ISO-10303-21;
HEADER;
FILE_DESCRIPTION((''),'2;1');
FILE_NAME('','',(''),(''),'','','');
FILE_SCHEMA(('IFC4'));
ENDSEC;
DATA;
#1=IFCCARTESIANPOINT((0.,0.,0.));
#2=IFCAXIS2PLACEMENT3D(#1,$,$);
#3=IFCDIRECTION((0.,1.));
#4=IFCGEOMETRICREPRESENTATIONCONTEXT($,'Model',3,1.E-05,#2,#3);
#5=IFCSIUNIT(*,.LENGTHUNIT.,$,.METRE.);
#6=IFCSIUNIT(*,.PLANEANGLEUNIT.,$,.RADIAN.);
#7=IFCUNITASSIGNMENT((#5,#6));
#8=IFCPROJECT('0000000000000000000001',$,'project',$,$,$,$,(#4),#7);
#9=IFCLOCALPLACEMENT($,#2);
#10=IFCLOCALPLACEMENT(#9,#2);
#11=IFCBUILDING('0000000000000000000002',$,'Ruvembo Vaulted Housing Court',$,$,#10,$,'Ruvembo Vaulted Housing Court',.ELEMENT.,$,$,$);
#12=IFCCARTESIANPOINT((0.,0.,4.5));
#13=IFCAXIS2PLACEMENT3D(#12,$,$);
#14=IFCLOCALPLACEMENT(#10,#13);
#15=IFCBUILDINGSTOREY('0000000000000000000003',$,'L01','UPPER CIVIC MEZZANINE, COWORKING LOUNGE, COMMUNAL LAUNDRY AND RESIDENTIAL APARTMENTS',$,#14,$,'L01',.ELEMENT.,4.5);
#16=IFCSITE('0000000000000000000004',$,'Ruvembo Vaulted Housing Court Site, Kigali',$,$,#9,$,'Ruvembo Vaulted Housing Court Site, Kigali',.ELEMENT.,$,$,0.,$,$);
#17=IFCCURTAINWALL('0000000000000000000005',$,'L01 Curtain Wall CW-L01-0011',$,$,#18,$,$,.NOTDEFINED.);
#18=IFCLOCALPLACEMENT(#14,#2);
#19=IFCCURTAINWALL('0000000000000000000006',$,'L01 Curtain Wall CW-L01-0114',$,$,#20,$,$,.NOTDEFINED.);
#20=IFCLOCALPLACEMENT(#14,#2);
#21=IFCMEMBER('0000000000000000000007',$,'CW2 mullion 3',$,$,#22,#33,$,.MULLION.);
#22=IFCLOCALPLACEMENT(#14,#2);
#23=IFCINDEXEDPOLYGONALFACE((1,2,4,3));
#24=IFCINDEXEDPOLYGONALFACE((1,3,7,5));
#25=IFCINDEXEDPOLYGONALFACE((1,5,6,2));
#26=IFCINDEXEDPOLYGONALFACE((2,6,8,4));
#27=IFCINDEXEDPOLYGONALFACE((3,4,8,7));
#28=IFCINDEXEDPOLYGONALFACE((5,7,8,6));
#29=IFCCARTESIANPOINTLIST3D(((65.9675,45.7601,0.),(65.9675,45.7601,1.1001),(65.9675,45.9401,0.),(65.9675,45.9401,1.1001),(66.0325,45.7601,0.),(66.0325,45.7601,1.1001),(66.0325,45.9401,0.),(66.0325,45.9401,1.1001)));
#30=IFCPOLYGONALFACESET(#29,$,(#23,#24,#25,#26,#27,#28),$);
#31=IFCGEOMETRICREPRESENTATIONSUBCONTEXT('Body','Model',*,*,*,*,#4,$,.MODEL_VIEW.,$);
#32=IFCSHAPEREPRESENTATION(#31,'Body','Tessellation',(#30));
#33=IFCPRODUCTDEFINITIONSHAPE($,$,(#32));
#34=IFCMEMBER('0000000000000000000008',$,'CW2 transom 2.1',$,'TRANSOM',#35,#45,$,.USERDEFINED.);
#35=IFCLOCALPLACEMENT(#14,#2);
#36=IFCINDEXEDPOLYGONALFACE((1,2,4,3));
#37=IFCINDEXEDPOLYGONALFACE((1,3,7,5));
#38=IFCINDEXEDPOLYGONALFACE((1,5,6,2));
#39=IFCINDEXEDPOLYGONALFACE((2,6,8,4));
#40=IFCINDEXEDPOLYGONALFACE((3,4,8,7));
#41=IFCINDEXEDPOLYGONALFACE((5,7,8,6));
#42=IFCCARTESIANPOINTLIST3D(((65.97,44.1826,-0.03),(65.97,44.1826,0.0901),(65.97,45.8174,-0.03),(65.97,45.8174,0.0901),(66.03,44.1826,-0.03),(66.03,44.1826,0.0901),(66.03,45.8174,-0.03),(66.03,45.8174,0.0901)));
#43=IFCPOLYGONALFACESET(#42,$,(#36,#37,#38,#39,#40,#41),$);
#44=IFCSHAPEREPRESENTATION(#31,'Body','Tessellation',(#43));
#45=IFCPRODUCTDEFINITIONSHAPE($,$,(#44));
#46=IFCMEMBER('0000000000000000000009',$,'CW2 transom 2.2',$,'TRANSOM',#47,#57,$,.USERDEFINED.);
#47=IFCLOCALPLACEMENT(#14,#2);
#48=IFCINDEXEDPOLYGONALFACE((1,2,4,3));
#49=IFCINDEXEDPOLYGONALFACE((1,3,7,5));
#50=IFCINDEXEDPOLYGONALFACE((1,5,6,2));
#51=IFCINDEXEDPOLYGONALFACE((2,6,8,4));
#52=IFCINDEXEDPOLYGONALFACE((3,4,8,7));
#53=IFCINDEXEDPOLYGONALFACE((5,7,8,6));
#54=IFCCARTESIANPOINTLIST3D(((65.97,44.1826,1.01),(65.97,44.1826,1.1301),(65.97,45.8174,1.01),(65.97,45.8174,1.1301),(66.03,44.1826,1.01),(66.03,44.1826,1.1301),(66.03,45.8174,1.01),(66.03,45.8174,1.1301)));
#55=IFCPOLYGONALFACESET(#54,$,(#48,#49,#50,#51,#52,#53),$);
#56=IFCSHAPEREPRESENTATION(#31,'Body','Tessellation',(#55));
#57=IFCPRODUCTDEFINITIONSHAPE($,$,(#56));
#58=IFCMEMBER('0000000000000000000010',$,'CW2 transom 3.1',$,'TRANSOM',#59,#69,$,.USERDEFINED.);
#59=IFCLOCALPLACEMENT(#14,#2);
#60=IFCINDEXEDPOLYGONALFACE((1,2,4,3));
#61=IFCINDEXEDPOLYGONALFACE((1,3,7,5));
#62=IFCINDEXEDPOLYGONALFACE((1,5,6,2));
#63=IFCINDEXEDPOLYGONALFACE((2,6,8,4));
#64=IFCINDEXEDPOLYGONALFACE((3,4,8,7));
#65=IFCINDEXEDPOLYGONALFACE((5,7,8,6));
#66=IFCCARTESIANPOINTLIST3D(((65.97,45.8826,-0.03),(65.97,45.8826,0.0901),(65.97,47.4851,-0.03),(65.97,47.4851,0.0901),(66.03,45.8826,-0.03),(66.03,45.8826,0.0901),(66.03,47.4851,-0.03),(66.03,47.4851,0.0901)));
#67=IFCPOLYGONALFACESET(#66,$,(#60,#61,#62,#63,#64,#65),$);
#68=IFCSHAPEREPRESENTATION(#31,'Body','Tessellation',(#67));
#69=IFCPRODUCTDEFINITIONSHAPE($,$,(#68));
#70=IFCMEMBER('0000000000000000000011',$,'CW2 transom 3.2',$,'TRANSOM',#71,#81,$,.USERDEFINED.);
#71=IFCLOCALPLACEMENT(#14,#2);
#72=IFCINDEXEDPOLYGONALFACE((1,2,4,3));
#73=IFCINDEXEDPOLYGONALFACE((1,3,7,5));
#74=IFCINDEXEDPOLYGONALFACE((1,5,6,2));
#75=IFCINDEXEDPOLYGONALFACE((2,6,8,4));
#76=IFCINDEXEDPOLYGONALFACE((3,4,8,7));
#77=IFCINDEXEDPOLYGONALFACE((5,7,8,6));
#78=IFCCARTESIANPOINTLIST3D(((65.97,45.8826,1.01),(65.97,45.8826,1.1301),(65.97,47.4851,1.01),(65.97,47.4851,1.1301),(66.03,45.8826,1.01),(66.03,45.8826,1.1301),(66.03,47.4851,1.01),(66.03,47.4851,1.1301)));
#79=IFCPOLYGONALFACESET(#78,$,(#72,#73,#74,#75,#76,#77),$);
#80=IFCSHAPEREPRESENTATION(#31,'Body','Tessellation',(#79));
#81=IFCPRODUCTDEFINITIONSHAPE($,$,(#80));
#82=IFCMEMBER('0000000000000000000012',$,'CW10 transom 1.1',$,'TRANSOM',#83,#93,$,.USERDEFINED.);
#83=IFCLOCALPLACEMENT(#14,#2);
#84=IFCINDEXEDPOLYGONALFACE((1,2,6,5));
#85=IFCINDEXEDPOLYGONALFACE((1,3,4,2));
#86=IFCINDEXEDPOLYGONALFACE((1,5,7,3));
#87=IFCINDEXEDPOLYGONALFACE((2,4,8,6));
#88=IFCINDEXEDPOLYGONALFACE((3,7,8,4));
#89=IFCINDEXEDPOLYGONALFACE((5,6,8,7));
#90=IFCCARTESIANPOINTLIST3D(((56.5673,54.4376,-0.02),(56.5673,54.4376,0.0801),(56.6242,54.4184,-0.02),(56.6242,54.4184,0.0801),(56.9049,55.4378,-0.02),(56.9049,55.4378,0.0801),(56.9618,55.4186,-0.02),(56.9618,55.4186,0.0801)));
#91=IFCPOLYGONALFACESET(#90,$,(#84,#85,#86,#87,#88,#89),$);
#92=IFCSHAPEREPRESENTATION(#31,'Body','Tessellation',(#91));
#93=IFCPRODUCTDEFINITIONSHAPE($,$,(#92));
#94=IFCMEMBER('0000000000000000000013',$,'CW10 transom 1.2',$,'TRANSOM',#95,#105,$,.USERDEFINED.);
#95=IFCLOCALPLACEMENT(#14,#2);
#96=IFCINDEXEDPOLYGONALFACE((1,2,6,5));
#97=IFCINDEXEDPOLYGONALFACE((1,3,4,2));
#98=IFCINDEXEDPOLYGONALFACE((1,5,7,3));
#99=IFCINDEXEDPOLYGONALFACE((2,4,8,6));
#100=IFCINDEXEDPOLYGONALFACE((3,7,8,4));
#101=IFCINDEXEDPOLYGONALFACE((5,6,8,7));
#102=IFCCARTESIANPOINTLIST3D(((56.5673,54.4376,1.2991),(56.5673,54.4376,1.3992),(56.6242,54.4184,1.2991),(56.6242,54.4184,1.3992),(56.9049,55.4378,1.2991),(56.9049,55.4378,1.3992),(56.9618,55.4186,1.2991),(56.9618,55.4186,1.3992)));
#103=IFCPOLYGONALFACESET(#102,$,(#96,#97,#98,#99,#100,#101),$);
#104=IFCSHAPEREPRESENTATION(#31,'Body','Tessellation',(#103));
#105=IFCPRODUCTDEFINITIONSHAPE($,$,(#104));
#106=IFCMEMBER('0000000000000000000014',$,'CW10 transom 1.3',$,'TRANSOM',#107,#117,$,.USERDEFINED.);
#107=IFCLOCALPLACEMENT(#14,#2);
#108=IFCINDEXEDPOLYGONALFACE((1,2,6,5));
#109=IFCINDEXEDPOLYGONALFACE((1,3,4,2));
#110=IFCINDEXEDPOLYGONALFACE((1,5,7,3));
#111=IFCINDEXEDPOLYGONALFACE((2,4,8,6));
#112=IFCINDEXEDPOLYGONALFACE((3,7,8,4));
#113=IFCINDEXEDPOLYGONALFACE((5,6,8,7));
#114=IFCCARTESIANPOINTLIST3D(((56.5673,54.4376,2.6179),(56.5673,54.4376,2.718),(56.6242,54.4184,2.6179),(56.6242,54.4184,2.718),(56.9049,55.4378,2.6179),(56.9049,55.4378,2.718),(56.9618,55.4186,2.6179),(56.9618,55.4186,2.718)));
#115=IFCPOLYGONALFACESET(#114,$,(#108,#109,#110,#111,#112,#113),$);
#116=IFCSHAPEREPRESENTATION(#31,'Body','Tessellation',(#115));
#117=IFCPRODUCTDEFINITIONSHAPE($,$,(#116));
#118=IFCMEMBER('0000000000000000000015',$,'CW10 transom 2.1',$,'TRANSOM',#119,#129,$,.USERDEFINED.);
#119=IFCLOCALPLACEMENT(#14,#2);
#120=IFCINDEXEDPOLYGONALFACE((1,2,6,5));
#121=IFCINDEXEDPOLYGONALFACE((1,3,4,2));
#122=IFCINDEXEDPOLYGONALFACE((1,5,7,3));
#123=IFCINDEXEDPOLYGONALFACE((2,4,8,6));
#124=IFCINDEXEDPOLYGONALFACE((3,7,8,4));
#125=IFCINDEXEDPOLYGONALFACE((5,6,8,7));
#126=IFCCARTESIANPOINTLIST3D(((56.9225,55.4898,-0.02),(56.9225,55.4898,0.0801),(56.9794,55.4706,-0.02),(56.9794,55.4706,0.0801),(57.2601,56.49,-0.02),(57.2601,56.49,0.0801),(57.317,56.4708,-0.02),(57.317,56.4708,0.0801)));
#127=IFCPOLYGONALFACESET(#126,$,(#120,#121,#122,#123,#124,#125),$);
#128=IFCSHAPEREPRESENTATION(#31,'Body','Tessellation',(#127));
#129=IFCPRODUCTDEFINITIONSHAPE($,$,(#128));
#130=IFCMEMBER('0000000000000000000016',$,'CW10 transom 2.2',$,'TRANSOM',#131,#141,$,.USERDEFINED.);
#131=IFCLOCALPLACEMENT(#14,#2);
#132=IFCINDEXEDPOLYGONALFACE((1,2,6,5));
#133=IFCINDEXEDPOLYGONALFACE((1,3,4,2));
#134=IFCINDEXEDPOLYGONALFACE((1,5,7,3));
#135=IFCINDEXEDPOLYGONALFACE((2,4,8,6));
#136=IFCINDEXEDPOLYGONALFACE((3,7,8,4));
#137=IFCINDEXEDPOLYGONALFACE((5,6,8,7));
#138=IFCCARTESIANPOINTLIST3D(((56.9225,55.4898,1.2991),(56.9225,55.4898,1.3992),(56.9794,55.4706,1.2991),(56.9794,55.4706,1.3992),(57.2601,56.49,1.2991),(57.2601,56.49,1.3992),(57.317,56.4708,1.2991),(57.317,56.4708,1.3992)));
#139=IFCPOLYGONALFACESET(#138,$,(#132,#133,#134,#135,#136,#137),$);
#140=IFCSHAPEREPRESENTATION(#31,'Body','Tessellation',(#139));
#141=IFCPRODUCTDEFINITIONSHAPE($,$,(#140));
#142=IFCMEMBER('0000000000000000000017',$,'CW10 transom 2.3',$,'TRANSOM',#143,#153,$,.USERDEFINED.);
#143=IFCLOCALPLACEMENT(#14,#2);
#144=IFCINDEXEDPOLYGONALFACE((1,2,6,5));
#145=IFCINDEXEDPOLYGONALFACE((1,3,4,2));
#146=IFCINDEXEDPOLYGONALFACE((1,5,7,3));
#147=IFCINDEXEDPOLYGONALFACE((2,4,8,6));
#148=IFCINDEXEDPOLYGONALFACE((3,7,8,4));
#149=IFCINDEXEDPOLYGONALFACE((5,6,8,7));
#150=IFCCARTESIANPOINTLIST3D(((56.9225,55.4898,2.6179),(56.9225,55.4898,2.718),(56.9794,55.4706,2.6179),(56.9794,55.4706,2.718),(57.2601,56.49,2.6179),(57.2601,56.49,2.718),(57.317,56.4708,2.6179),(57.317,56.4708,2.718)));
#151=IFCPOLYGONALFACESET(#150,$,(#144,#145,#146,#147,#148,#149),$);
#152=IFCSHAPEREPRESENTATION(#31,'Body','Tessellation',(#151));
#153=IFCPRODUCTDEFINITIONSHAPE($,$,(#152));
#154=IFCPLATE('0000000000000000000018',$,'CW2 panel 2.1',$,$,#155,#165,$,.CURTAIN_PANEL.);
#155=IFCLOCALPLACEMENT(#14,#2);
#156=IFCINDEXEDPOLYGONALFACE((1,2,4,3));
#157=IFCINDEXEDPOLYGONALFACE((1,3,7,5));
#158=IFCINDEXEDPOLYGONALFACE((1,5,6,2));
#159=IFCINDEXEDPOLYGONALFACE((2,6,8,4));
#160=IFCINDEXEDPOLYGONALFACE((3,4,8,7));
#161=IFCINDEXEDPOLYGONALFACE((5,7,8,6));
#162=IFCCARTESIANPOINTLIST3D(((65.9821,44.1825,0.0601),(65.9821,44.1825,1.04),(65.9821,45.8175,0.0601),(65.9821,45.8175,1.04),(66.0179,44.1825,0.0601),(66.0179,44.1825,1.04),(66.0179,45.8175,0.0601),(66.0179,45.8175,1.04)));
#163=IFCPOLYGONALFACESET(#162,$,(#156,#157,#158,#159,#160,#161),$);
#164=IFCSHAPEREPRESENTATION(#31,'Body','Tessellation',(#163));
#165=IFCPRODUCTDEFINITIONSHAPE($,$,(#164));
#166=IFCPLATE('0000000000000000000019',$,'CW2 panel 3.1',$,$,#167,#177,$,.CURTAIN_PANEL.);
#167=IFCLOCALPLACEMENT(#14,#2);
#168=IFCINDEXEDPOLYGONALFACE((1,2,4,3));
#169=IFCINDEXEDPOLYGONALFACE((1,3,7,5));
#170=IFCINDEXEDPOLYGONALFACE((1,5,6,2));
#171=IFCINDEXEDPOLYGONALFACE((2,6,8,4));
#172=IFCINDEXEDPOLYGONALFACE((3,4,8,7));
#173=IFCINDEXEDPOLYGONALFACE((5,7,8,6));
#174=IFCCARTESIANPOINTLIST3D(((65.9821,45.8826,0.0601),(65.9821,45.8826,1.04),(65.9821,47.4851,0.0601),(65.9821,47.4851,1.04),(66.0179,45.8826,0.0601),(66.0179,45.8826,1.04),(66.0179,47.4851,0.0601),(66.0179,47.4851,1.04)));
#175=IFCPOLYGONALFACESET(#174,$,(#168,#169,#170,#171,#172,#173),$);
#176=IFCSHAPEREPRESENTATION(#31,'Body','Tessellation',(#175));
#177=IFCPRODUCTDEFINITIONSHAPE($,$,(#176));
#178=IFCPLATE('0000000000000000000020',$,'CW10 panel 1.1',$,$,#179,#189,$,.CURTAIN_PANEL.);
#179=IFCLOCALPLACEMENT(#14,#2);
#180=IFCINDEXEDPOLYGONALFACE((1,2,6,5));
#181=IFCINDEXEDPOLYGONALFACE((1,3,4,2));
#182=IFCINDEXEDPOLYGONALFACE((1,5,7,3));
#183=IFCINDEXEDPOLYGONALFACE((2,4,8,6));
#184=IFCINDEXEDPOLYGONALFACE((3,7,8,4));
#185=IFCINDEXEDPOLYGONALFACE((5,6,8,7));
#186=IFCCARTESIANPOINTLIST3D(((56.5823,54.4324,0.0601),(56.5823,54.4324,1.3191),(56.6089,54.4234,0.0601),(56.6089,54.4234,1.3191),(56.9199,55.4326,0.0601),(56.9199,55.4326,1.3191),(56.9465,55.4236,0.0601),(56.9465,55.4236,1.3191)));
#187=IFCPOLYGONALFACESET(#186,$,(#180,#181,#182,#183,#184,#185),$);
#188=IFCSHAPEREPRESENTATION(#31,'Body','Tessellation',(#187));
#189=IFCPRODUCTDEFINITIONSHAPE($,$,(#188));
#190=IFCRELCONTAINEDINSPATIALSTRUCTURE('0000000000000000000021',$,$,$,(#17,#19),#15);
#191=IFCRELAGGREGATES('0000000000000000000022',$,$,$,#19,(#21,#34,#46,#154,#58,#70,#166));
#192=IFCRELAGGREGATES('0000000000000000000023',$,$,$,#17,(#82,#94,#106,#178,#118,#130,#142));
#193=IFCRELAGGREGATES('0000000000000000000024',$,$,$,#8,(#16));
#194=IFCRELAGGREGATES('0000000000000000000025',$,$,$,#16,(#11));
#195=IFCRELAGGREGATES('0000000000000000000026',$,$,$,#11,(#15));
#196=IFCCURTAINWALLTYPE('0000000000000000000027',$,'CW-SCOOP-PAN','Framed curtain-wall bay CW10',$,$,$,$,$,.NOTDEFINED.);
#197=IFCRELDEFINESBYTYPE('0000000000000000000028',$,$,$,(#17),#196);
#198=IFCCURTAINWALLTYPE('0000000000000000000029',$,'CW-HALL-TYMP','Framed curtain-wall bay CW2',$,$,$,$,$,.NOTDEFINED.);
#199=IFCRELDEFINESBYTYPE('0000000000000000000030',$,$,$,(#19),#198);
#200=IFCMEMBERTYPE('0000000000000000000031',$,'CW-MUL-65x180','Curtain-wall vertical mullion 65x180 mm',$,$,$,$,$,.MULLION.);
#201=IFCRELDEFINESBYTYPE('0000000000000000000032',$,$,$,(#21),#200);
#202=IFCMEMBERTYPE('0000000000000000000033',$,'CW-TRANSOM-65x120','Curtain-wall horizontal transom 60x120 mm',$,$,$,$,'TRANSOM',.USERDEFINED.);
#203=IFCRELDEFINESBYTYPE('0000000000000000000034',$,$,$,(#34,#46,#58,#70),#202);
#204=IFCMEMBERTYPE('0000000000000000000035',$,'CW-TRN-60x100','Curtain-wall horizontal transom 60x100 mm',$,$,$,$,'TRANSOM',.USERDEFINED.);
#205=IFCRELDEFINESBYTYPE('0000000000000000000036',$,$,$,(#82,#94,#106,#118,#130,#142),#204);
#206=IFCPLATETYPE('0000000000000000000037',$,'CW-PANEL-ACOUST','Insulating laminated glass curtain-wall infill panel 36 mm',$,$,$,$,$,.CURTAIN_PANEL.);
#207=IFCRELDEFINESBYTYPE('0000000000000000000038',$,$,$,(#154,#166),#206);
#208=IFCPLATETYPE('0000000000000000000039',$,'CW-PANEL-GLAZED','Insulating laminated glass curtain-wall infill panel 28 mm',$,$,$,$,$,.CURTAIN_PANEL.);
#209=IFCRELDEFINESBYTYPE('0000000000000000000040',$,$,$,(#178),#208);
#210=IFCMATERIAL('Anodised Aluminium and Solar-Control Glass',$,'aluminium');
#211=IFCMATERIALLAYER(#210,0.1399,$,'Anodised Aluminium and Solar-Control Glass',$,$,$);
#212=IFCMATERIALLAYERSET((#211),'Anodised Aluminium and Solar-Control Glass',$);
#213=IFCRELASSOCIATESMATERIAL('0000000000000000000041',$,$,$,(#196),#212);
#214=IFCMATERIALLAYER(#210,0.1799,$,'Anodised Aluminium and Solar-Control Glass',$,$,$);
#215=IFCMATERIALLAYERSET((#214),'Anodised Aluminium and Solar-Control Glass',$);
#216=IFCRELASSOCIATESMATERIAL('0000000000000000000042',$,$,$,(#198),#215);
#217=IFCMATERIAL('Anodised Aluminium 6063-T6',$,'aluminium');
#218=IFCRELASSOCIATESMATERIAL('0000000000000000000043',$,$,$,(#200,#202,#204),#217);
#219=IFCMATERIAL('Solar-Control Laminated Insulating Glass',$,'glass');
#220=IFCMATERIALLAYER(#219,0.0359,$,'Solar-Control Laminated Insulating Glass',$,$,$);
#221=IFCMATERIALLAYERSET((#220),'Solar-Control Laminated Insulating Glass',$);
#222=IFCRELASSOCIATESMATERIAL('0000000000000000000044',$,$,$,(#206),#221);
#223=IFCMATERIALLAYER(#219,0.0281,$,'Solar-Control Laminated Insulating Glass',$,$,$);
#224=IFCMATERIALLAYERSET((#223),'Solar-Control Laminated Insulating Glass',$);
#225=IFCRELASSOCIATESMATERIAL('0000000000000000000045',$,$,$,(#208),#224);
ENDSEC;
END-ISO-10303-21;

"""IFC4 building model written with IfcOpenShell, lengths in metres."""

from ifc_helpers import new_model, si_unit, direction, frame, origin, origin_2d, place, context, subcontext, project, spatial, rectangle, extrude, material, layer, layer_set, material_profile, profile_set, type_object, element, aggregate, save


model = new_model("IFC4")

# Units and contexts
model_context = context("Model", 3, precision=1e-05, world=origin(), true_north=direction((0.0, 1.0)))
body_context = subcontext(model_context, "Body", "Model", "MODEL_VIEW")
ifc_project = project(units=[si_unit("LENGTHUNIT", "METRE"), si_unit("PLANEANGLEUNIT", "RADIAN")], contexts=[model_context])

# Site, building, storey
site_placement = place(None, origin())
site = spatial("IfcSite", under=ifc_project, at=site_placement, Name="Ruvembo Vaulted Housing Court Site, Kigali", LongName="Ruvembo Vaulted Housing Court Site, Kigali", CompositionType="ELEMENT", RefElevation=0.0)
building_placement = place(site_placement, origin())
building = spatial("IfcBuilding", under=site, at=building_placement, Name="Ruvembo Vaulted Housing Court", LongName="Ruvembo Vaulted Housing Court", CompositionType="ELEMENT")
storey_placement = place(building_placement, frame((0.0, 0.0, 4.5)))
storey = spatial("IfcBuildingStorey", under=building, at=storey_placement, Name="L01", Description="UPPER CIVIC MEZZANINE, COWORKING LOUNGE, COMMUNAL LAUNDRY AND RESIDENTIAL APARTMENTS", LongName="L01", CompositionType="ELEMENT", Elevation=4.5)

# Curtain walls, members
ifc_material_1 = material(Name="Anodised Aluminium and Solar-Control Glass", Category="aluminium")
ifc_layer_1 = layer(ifc_material_1, 0.1399, Name="Anodised Aluminium and Solar-Control Glass")
ifc_layer_set_1 = layer_set([ifc_layer_1], Name="Anodised Aluminium and Solar-Control Glass")
curtain_wall_type_1 = type_object("IfcCurtainWallType", Name="CW-SCOOP-PAN", Description="Framed curtain-wall bay CW10", PredefinedType="NOTDEFINED", material=ifc_layer_set_1)
curtain_wall_1_placement = place(storey_placement, origin())
curtain_wall_1 = element("IfcCurtainWall", 1, at=curtain_wall_1_placement, inside=storey, type_object=curtain_wall_type_1, Name="L01 Curtain Wall CW-L01-0011", PredefinedType="NOTDEFINED")
ifc_material_2 = material(Name="Anodised Aluminium 6063-T6", Category="aluminium")
ifc_layer_2 = layer(ifc_material_1, 0.1799, Name="Anodised Aluminium and Solar-Control Glass")
ifc_layer_set_2 = layer_set([ifc_layer_2], Name="Anodised Aluminium and Solar-Control Glass")
curtain_wall_type_2 = type_object("IfcCurtainWallType", Name="CW-HALL-TYMP", Description="Framed curtain-wall bay CW2", PredefinedType="NOTDEFINED", material=ifc_layer_set_2)
curtain_wall_2_placement = place(storey_placement, origin())
curtain_wall_2 = element("IfcCurtainWall", 2, at=curtain_wall_2_placement, inside=storey, type_object=curtain_wall_type_2, Name="L01 Curtain Wall CW-L01-0114", PredefinedType="NOTDEFINED")
ifc_material_profile_1 = material_profile(ifc_material_2, rectangle(XDim=0.0649, YDim=0.1799, at=origin_2d()), Name="ALU 65x180")
ifc_profile_set_1 = profile_set([ifc_material_profile_1], Name="Anodised Aluminium 6063-T6")
member_type_1 = type_object("IfcMemberType", Name="CW-MUL-65x180", Description="Curtain-wall vertical mullion 65x180 mm", PredefinedType="MULLION", material=ifc_profile_set_1)
member_1_placement = place(storey_placement, frame((66.0, 45.8501, 0.0), z_axis=(0.0, 0.0, 1.0), x_axis=(-1.0, 0.0, 0.0)))
member_1 = element("IfcMember", 3, at=member_1_placement, type_object=member_type_1, Name="CW2 mullion 3", PredefinedType="MULLION", context=body_context, shape_type="SweptSolid", body=[
    extrude(rectangle(XDim=0.0649, YDim=0.1799, at=origin_2d()), origin(), (0.0, 0.0, 1.0), 1.1001),
])
ifc_material_profile_2 = material_profile(ifc_material_2, rectangle(XDim=0.0601, YDim=0.1201, at=origin_2d()), Name="ALU 60x120")
ifc_profile_set_2 = profile_set([ifc_material_profile_2], Name="Anodised Aluminium 6063-T6")
member_type_2 = type_object("IfcMemberType", Name="CW-TRANSOM-65x120", Description="Curtain-wall horizontal transom 60x120 mm", ElementType="TRANSOM", PredefinedType="USERDEFINED", material=ifc_profile_set_2)
member_2_placement = place(storey_placement, frame((66.0, 44.1826, 0.03), z_axis=(0.0, 1.0, 0.0), x_axis=(-1.0, 0.0, 0.0)))
member_2 = element("IfcMember", 4, at=member_2_placement, type_object=member_type_2, Name="CW2 transom 2.1", ObjectType="TRANSOM", PredefinedType="USERDEFINED", context=body_context, shape_type="SweptSolid", body=[
    extrude(rectangle(XDim=0.0601, YDim=0.1201, at=origin_2d()), origin(), (0.0, 0.0, 1.0), 1.6348),
])
member_3_placement = place(storey_placement, frame((66.0, 44.1826, 1.0701), z_axis=(0.0, 1.0, 0.0), x_axis=(-1.0, 0.0, 0.0)))
member_3 = element("IfcMember", 5, at=member_3_placement, type_object=member_type_2, Name="CW2 transom 2.2", ObjectType="TRANSOM", PredefinedType="USERDEFINED", context=body_context, shape_type="SweptSolid", body=[
    extrude(rectangle(XDim=0.0601, YDim=0.1201, at=origin_2d()), origin(), (0.0, 0.0, 1.0), 1.6348),
])
member_4_placement = place(storey_placement, frame((66.0, 45.8826, 0.03), z_axis=(0.0, 1.0, 0.0), x_axis=(-1.0, 0.0, 0.0)))
member_4 = element("IfcMember", 6, at=member_4_placement, type_object=member_type_2, Name="CW2 transom 3.1", ObjectType="TRANSOM", PredefinedType="USERDEFINED", context=body_context, shape_type="SweptSolid", body=[
    extrude(rectangle(XDim=0.0601, YDim=0.1201, at=origin_2d()), origin(), (0.0, 0.0, 1.0), 1.6025),
])
member_5_placement = place(storey_placement, frame((66.0, 45.8826, 1.0701), z_axis=(0.0, 1.0, 0.0), x_axis=(-1.0, 0.0, 0.0)))
member_5 = element("IfcMember", 7, at=member_5_placement, type_object=member_type_2, Name="CW2 transom 3.2", ObjectType="TRANSOM", PredefinedType="USERDEFINED", context=body_context, shape_type="SweptSolid", body=[
    extrude(rectangle(XDim=0.0601, YDim=0.1201, at=origin_2d()), origin(), (0.0, 0.0, 1.0), 1.6025),
])

# Members
ifc_material_profile_3 = material_profile(ifc_material_2, rectangle(XDim=0.0601, YDim=0.1001, at=origin_2d()), Name="ALU 60x100")
ifc_profile_set_3 = profile_set([ifc_material_profile_3], Name="Anodised Aluminium 6063-T6")
member_type_3 = type_object("IfcMemberType", Name="CW-TRN-60x100", Description="Curtain-wall horizontal transom 60x100 mm", ElementType="TRANSOM", PredefinedType="USERDEFINED", material=ifc_profile_set_3)
member_6_placement = place(storey_placement, frame((56.5957, 54.428, 0.03), z_axis=(0.319833, 0.947474, 0.0), x_axis=(-0.947474, 0.319833, 0.0)))
member_6 = element("IfcMember", 8, at=member_6_placement, type_object=member_type_3, Name="CW10 transom 1.1", ObjectType="TRANSOM", PredefinedType="USERDEFINED", context=body_context, shape_type="SweptSolid", body=[
    extrude(rectangle(XDim=0.0601, YDim=0.1001, at=origin_2d()), origin(), (0.0, 0.0, 1.0), 1.0557),
])
member_7_placement = place(storey_placement, frame((56.5957, 54.428, 1.3491), z_axis=(0.319833, 0.947474, 0.0), x_axis=(-0.947474, 0.319833, 0.0)))
member_7 = element("IfcMember", 9, at=member_7_placement, type_object=member_type_3, Name="CW10 transom 1.2", ObjectType="TRANSOM", PredefinedType="USERDEFINED", context=body_context, shape_type="SweptSolid", body=[
    extrude(rectangle(XDim=0.0601, YDim=0.1001, at=origin_2d()), origin(), (0.0, 0.0, 1.0), 1.0557),
])
member_8_placement = place(storey_placement, frame((56.5957, 54.428, 2.668), z_axis=(0.319833, 0.947474, 0.0), x_axis=(-0.947474, 0.319833, 0.0)))
member_8 = element("IfcMember", 10, at=member_8_placement, type_object=member_type_3, Name="CW10 transom 1.3", ObjectType="TRANSOM", PredefinedType="USERDEFINED", context=body_context, shape_type="SweptSolid", body=[
    extrude(rectangle(XDim=0.0601, YDim=0.1001, at=origin_2d()), origin(), (0.0, 0.0, 1.0), 1.0557),
])
member_9_placement = place(storey_placement, frame((56.9509, 55.4802, 0.03), z_axis=(0.319833, 0.947474, 0.0), x_axis=(-0.947474, 0.319833, 0.0)))
member_9 = element("IfcMember", 11, at=member_9_placement, type_object=member_type_3, Name="CW10 transom 2.1", ObjectType="TRANSOM", PredefinedType="USERDEFINED", context=body_context, shape_type="SweptSolid", body=[
    extrude(rectangle(XDim=0.0601, YDim=0.1001, at=origin_2d()), origin(), (0.0, 0.0, 1.0), 1.0557),
])
member_10_placement = place(storey_placement, frame((56.9509, 55.4802, 1.3491), z_axis=(0.319833, 0.947474, 0.0), x_axis=(-0.947474, 0.319833, 0.0)))
member_10 = element("IfcMember", 12, at=member_10_placement, type_object=member_type_3, Name="CW10 transom 2.2", ObjectType="TRANSOM", PredefinedType="USERDEFINED", context=body_context, shape_type="SweptSolid", body=[
    extrude(rectangle(XDim=0.0601, YDim=0.1001, at=origin_2d()), origin(), (0.0, 0.0, 1.0), 1.0557),
])
member_11_placement = place(storey_placement, frame((56.9509, 55.4802, 2.668), z_axis=(0.319833, 0.947474, 0.0), x_axis=(-0.947474, 0.319833, 0.0)))
member_11 = element("IfcMember", 13, at=member_11_placement, type_object=member_type_3, Name="CW10 transom 2.3", ObjectType="TRANSOM", PredefinedType="USERDEFINED", context=body_context, shape_type="SweptSolid", body=[
    extrude(rectangle(XDim=0.0601, YDim=0.1001, at=origin_2d()), origin(), (0.0, 0.0, 1.0), 1.0557),
])

# Plates
ifc_material_3 = material(Name="Solar-Control Laminated Insulating Glass", Category="glass")
ifc_layer_3 = layer(ifc_material_3, 0.0359, Name="Solar-Control Laminated Insulating Glass")
ifc_layer_set_3 = layer_set([ifc_layer_3], Name="Solar-Control Laminated Insulating Glass")
plate_type_1 = type_object("IfcPlateType", Name="CW-PANEL-ACOUST", Description="Insulating laminated glass curtain-wall infill panel 36 mm", PredefinedType="CURTAIN_PANEL", material=ifc_layer_set_3)
plate_1_placement = place(storey_placement, frame((66.0, 45.0, 0.0601), z_axis=(0.0, 0.0, 1.0), x_axis=(0.0, 1.0, 0.0)))
plate_1 = element("IfcPlate", 14, at=plate_1_placement, type_object=plate_type_1, Name="CW2 panel 2.1", PredefinedType="CURTAIN_PANEL", context=body_context, shape_type="SweptSolid", body=[
    extrude(rectangle(XDim=1.635, YDim=0.0359, at=origin_2d()), origin(), (0.0, 0.0, 1.0), 0.98),
])
plate_2_placement = place(storey_placement, frame((66.0, 46.6838, 0.0601), z_axis=(0.0, 0.0, 1.0), x_axis=(0.0, 1.0, 0.0)))
plate_2 = element("IfcPlate", 15, at=plate_2_placement, type_object=plate_type_1, Name="CW2 panel 3.1", PredefinedType="CURTAIN_PANEL", context=body_context, shape_type="SweptSolid", body=[
    extrude(rectangle(XDim=1.6025, YDim=0.0359, at=origin_2d()), origin(), (0.0, 0.0, 1.0), 0.98),
])
aggregate(curtain_wall_2, [member_1, member_2, member_3, plate_1, member_4, member_5, plate_2])
ifc_layer_4 = layer(ifc_material_3, 0.0281, Name="Solar-Control Laminated Insulating Glass")
ifc_layer_set_4 = layer_set([ifc_layer_4], Name="Solar-Control Laminated Insulating Glass")
plate_type_2 = type_object("IfcPlateType", Name="CW-PANEL-GLAZED", Description="Insulating laminated glass curtain-wall infill panel 28 mm", PredefinedType="CURTAIN_PANEL", material=ifc_layer_set_4)
plate_3_placement = place(storey_placement, frame((56.7644, 54.928, 0.0601), z_axis=(0.0, 0.0, 1.0), x_axis=(0.319836, 0.947473, 0.0)))
plate_3 = element("IfcPlate", 16, at=plate_3_placement, type_object=plate_type_2, Name="CW10 panel 1.1", PredefinedType="CURTAIN_PANEL", context=body_context, shape_type="SweptSolid", body=[
    extrude(rectangle(XDim=1.0557, YDim=0.0281, at=origin_2d()), origin(), (0.0, 0.0, 1.0), 1.259),
])
aggregate(curtain_wall_1, [member_6, member_7, member_8, plate_3, member_9, member_10, member_11])

save(model, "model.ifc")
